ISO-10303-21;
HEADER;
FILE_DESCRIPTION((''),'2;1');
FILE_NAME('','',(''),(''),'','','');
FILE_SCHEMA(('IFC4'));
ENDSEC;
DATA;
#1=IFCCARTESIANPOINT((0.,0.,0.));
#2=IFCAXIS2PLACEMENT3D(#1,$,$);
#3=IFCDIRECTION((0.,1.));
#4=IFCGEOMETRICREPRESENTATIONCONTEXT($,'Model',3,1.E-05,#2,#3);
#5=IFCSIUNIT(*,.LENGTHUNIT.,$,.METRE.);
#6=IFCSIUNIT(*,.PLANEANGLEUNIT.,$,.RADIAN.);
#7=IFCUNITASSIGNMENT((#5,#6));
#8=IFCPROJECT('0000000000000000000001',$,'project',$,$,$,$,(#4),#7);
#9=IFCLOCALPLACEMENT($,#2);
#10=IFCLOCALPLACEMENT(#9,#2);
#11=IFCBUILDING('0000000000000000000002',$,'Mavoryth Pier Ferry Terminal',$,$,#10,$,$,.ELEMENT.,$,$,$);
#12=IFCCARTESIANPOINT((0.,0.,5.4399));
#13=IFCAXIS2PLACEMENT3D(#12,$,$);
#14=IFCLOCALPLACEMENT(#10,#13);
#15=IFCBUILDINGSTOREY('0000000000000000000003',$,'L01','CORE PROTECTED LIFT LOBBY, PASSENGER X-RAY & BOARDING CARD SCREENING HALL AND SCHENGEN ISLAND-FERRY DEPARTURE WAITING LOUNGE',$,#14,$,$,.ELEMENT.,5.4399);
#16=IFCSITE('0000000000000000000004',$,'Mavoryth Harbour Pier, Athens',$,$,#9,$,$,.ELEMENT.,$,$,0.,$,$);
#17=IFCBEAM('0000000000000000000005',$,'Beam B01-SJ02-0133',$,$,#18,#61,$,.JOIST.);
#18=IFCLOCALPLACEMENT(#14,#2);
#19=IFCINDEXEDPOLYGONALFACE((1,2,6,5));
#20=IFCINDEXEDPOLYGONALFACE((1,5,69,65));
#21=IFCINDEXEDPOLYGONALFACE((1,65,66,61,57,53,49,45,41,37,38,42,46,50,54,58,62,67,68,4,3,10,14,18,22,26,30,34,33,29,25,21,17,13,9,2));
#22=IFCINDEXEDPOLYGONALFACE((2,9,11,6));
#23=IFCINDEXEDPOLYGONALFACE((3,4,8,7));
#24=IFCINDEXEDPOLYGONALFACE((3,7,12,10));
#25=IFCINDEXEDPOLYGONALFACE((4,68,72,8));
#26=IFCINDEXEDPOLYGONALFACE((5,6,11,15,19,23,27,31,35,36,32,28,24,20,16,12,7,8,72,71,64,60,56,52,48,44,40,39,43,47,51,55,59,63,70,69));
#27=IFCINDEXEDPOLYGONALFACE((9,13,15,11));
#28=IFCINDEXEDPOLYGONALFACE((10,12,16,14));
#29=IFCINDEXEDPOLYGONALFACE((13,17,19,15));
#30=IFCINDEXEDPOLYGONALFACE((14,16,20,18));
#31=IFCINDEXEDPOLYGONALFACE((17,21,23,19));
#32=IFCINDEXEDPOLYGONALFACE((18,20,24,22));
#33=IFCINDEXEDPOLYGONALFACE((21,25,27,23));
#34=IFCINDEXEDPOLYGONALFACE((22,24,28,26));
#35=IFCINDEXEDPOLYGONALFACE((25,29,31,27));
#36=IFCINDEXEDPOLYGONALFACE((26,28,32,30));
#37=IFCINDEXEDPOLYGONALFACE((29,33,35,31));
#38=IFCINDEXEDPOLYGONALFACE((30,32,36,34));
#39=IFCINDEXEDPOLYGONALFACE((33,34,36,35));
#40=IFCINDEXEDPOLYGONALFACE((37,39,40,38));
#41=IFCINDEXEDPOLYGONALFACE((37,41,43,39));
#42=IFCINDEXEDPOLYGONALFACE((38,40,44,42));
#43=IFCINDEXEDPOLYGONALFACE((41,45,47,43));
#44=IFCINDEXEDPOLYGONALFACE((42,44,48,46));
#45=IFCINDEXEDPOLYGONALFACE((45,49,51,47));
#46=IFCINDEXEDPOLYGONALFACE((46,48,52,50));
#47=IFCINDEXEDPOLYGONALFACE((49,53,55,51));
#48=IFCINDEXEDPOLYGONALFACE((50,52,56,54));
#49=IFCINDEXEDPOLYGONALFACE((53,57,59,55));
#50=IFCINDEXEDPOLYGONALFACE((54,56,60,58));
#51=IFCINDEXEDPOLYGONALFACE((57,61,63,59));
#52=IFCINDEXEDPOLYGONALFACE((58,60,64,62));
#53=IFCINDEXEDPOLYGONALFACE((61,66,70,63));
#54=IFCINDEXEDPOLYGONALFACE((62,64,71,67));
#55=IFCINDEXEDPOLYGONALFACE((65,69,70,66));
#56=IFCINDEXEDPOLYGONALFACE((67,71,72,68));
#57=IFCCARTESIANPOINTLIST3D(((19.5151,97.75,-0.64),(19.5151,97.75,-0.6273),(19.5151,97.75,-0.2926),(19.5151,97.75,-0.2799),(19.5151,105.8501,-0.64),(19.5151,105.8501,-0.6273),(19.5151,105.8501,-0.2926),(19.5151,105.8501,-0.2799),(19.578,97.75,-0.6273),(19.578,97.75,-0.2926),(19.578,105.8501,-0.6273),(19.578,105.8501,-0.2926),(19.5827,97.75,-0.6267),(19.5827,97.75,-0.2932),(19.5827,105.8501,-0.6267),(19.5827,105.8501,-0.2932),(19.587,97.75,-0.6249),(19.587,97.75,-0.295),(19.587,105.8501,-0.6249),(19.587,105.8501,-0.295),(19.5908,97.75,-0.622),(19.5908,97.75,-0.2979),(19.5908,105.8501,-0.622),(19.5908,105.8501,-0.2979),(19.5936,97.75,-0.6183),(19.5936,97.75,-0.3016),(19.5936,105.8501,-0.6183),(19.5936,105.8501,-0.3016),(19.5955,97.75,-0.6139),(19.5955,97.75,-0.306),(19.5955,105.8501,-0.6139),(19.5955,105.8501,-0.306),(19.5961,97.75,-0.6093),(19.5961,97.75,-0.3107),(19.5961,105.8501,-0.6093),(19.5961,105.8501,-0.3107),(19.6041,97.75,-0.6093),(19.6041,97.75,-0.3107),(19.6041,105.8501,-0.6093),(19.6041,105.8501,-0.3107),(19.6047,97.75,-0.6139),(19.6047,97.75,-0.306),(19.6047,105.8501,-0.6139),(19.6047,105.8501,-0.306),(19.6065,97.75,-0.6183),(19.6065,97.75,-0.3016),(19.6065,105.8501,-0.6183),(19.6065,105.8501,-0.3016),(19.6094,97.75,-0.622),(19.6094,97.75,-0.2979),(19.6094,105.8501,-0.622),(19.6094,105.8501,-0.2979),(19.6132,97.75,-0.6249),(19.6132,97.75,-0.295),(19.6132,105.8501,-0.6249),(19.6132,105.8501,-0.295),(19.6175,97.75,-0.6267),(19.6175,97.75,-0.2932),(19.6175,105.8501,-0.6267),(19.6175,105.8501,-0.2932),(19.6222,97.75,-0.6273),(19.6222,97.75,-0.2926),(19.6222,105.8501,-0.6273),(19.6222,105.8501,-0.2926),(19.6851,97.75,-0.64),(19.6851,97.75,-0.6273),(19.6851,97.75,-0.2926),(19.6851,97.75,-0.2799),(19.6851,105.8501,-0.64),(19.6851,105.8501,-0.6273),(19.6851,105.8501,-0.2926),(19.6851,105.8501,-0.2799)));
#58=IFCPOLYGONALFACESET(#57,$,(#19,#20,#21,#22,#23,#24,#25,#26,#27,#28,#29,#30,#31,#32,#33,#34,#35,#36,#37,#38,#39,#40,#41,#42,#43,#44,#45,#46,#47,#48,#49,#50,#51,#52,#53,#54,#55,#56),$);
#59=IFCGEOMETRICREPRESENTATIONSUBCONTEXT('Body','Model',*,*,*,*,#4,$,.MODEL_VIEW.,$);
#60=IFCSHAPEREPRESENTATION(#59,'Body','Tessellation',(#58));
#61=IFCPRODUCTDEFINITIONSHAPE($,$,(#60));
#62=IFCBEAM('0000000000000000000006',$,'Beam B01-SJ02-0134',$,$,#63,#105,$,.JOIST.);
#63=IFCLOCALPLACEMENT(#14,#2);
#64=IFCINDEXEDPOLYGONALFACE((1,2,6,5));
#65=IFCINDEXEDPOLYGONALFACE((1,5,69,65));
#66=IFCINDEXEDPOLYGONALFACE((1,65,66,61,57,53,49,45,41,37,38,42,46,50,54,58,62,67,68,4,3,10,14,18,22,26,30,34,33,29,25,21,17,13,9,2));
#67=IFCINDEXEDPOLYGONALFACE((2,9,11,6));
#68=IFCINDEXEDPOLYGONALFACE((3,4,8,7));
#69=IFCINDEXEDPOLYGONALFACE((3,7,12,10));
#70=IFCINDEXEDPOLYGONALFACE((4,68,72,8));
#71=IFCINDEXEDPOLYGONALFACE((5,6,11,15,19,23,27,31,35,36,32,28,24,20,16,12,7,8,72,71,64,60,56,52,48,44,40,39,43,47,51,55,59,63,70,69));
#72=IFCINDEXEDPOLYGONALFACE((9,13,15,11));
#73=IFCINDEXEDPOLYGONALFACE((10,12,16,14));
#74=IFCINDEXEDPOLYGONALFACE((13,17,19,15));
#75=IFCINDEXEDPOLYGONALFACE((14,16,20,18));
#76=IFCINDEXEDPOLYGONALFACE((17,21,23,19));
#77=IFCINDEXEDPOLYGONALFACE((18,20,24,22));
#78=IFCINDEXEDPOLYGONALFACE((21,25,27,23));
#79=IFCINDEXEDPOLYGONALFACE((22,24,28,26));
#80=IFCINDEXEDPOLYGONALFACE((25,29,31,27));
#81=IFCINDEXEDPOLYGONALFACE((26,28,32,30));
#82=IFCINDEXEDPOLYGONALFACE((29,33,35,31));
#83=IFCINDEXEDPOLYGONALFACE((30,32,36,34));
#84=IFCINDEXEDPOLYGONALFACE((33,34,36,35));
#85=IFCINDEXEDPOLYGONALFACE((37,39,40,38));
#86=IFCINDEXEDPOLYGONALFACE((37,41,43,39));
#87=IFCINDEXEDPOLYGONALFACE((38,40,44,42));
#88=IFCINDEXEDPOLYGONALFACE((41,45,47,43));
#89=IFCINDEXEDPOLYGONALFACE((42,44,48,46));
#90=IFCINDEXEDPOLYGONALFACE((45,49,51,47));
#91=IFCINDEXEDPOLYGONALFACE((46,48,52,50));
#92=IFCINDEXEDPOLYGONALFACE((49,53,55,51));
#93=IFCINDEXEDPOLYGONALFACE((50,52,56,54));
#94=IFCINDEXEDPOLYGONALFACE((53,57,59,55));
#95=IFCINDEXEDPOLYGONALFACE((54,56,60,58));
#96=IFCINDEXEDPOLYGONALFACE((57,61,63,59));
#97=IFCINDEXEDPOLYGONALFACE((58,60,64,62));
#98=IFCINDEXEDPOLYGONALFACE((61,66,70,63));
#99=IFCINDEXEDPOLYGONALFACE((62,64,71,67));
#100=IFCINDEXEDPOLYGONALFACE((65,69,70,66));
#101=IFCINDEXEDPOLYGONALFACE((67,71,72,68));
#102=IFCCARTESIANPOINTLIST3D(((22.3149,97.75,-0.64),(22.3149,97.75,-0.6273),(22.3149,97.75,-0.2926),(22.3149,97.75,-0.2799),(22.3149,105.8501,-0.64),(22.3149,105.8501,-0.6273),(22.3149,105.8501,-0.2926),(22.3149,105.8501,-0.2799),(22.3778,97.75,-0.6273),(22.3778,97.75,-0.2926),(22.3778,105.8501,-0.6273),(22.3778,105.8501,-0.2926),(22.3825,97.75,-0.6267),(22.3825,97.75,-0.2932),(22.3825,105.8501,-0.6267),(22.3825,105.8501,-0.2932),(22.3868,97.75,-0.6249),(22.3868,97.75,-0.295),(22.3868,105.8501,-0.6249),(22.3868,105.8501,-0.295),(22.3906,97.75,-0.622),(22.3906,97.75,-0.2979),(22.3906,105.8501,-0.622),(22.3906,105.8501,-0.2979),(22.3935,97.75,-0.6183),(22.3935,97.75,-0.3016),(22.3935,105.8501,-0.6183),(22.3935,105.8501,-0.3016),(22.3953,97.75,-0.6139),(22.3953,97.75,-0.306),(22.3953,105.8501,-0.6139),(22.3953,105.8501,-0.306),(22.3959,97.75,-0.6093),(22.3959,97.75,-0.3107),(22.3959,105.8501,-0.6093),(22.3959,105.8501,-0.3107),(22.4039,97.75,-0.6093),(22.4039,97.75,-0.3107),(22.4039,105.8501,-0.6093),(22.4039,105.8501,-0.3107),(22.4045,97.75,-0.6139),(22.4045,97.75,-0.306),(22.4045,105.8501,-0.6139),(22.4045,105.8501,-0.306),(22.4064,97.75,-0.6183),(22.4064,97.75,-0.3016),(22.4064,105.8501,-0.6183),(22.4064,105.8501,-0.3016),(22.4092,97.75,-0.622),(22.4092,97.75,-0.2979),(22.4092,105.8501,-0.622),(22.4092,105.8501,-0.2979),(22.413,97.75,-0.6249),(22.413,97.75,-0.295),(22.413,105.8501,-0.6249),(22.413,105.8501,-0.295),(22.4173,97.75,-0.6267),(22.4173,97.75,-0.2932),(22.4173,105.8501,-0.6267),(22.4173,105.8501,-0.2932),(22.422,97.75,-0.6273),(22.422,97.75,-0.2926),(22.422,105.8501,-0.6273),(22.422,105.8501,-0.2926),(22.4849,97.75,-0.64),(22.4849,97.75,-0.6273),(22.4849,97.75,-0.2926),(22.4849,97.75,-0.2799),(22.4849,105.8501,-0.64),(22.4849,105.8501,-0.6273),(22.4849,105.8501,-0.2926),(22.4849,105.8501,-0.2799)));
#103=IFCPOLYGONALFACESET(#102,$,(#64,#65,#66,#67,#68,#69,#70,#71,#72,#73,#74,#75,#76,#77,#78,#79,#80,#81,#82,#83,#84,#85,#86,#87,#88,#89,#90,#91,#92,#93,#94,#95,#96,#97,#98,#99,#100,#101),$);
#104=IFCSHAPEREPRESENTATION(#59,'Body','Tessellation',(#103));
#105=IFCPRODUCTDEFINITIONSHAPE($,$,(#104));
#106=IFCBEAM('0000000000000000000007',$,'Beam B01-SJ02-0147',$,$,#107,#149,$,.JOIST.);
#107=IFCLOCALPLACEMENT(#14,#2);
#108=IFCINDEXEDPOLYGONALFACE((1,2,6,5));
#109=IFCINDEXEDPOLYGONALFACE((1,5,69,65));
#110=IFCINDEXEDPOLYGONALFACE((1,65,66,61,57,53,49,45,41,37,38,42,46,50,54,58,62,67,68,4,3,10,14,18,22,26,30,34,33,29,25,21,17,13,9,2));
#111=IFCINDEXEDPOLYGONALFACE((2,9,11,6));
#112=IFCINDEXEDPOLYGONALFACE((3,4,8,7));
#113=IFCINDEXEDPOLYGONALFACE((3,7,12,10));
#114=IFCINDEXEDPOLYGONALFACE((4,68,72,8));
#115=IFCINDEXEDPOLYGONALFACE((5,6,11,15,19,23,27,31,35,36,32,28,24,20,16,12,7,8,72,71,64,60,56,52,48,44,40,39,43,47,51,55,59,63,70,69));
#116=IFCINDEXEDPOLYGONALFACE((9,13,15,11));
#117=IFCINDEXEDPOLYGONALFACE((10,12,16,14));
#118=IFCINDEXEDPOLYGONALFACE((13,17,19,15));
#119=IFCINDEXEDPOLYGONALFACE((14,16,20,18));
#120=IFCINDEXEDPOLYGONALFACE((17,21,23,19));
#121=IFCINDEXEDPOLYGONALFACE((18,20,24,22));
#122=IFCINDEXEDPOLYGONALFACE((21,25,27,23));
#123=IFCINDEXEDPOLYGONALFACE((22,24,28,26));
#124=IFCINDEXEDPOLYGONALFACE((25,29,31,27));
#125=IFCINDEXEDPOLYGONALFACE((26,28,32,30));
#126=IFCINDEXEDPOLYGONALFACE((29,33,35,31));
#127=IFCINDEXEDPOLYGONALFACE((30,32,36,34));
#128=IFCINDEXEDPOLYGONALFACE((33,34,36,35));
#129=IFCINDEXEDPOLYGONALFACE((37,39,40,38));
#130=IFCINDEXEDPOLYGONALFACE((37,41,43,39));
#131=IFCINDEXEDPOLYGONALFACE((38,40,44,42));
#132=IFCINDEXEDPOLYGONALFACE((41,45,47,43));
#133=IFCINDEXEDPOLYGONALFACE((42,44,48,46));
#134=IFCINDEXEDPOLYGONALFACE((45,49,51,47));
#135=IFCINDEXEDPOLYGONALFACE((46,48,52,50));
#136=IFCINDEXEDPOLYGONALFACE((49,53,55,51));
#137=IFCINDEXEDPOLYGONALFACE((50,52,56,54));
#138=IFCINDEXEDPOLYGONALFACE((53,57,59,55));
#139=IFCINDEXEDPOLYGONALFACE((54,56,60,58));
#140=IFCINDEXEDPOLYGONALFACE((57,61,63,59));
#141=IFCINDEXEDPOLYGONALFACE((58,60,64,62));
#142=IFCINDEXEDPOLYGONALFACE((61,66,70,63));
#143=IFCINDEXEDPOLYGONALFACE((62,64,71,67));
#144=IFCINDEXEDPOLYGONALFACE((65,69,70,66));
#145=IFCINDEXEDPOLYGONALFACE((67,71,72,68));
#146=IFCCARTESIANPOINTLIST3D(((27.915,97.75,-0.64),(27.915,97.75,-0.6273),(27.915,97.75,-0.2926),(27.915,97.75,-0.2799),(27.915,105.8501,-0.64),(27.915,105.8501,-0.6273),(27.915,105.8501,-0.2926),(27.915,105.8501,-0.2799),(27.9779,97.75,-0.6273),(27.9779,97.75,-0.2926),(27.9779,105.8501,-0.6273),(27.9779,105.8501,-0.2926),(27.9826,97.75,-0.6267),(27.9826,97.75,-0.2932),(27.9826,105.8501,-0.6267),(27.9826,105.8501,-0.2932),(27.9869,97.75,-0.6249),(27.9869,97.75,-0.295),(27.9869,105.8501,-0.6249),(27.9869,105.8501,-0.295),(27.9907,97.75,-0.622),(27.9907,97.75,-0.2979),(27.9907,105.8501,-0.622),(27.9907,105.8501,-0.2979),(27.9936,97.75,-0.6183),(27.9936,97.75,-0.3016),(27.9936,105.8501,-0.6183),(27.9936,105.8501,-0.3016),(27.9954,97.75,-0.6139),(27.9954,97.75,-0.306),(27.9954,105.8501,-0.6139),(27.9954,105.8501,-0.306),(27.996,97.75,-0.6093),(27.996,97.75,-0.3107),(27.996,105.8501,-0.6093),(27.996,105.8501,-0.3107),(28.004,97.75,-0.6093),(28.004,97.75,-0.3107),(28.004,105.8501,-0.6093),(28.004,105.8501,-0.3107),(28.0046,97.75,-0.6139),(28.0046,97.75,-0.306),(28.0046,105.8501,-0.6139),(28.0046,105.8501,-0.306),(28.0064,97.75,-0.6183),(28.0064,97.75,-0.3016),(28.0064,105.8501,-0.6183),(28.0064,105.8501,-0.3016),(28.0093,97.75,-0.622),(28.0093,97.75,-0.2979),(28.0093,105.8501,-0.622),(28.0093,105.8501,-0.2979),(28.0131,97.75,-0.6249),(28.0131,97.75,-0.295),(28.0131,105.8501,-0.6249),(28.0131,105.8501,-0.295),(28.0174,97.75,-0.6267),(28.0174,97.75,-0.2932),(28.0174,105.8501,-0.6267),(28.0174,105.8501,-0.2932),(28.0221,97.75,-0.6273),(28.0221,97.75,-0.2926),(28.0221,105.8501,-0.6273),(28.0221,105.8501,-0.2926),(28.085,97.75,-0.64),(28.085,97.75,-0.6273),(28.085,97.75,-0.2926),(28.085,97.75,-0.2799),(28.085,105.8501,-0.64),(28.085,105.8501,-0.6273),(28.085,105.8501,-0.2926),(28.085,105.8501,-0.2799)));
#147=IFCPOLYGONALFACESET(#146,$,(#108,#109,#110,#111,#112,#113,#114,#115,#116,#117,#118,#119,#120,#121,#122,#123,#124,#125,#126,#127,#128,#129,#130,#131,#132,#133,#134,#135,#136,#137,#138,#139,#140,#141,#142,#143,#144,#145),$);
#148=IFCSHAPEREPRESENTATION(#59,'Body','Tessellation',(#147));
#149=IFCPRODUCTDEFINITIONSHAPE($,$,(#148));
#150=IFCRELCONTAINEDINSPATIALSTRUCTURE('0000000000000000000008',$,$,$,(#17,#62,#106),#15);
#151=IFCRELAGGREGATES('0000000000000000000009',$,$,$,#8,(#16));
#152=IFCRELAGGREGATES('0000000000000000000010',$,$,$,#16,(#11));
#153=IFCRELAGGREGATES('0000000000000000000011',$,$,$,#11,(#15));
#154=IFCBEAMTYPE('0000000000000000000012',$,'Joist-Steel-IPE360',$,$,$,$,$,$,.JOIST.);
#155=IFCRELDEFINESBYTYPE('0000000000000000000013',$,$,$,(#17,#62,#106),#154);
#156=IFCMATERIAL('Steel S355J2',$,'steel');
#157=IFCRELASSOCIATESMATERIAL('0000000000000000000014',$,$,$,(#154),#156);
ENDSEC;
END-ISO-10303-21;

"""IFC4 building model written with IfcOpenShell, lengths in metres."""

from ifc_helpers import new_model, si_unit, direction, frame, origin, origin_2d, place, context, subcontext, project, spatial, i_section, extrude, material, material_profile, profile_set, type_object, element, save


model = new_model("IFC4")

# Units and contexts
model_context = context("Model", 3, precision=1e-05, world=origin(), true_north=direction((0.0, 1.0)))
body_context = subcontext(model_context, "Body", "Model", "MODEL_VIEW")
ifc_project = project(units=[si_unit("LENGTHUNIT", "METRE"), si_unit("PLANEANGLEUNIT", "RADIAN")], contexts=[model_context])

# Site, building, storey
site_placement = place(None, origin())
site = spatial("IfcSite", under=ifc_project, at=site_placement, Name="Mavoryth Harbour Pier, Athens", CompositionType="ELEMENT", RefElevation=0.0)
building_placement = place(site_placement, origin())
building = spatial("IfcBuilding", under=site, at=building_placement, Name="Mavoryth Pier Ferry Terminal", CompositionType="ELEMENT")
storey_placement = place(building_placement, frame((0.0, 0.0, 5.4399)))
storey = spatial("IfcBuildingStorey", under=building, at=storey_placement, Name="L01", Description="CORE PROTECTED LIFT LOBBY, PASSENGER X-RAY & BOARDING CARD SCREENING HALL AND SCHENGEN ISLAND-FERRY DEPARTURE WAITING LOUNGE", CompositionType="ELEMENT", Elevation=5.4399)

# Beams
ifc_material_1 = material(Name="Steel S355J2", Category="steel")
ifc_material_profile_1 = material_profile(ifc_material_1, i_section(OverallWidth=0.1699, OverallDepth=0.3601, WebThickness=0.0081, FlangeThickness=0.0127, FilletRadius=0.0181, at=origin_2d()), Name="IPE 360", Category="steel")
ifc_profile_set_1 = profile_set([ifc_material_profile_1], Name="Steel S355J2 - IPE 360")
beam_type_1 = type_object("IfcBeamType", Name="Joist-Steel-IPE360", PredefinedType="JOIST", material=ifc_profile_set_1)
for number, where, z_axis, x_axis, name in (
    (1, (19.6001, 97.75, -0.46), (0.0, 1.0, 0.0), (-1.0, 0.0, 0.0), "Beam B01-SJ02-0133"),
    (2, (22.3999, 97.75, -0.46), (0.0, 1.0, 0.0), (-1.0, 0.0, 0.0), "Beam B01-SJ02-0134"),
    (3, (28.0, 97.75, -0.46), (0.0, 1.0, 0.0), (-1.0, 0.0, 0.0), "Beam B01-SJ02-0147"),
):
    element("IfcBeam", number, at=place(storey_placement, frame(where, z_axis=z_axis, x_axis=x_axis)), inside=storey, type_object=beam_type_1, Name=name, PredefinedType="JOIST", context=body_context, shape_type="SweptSolid", body=[
        extrude(i_section(OverallWidth=0.1699, OverallDepth=0.3601, WebThickness=0.0081, FlangeThickness=0.0127, FilletRadius=0.0181, at=origin_2d()), origin(), (0.0, 0.0, 1.0), 8.1001),
    ])

save(model, "model.ifc")
